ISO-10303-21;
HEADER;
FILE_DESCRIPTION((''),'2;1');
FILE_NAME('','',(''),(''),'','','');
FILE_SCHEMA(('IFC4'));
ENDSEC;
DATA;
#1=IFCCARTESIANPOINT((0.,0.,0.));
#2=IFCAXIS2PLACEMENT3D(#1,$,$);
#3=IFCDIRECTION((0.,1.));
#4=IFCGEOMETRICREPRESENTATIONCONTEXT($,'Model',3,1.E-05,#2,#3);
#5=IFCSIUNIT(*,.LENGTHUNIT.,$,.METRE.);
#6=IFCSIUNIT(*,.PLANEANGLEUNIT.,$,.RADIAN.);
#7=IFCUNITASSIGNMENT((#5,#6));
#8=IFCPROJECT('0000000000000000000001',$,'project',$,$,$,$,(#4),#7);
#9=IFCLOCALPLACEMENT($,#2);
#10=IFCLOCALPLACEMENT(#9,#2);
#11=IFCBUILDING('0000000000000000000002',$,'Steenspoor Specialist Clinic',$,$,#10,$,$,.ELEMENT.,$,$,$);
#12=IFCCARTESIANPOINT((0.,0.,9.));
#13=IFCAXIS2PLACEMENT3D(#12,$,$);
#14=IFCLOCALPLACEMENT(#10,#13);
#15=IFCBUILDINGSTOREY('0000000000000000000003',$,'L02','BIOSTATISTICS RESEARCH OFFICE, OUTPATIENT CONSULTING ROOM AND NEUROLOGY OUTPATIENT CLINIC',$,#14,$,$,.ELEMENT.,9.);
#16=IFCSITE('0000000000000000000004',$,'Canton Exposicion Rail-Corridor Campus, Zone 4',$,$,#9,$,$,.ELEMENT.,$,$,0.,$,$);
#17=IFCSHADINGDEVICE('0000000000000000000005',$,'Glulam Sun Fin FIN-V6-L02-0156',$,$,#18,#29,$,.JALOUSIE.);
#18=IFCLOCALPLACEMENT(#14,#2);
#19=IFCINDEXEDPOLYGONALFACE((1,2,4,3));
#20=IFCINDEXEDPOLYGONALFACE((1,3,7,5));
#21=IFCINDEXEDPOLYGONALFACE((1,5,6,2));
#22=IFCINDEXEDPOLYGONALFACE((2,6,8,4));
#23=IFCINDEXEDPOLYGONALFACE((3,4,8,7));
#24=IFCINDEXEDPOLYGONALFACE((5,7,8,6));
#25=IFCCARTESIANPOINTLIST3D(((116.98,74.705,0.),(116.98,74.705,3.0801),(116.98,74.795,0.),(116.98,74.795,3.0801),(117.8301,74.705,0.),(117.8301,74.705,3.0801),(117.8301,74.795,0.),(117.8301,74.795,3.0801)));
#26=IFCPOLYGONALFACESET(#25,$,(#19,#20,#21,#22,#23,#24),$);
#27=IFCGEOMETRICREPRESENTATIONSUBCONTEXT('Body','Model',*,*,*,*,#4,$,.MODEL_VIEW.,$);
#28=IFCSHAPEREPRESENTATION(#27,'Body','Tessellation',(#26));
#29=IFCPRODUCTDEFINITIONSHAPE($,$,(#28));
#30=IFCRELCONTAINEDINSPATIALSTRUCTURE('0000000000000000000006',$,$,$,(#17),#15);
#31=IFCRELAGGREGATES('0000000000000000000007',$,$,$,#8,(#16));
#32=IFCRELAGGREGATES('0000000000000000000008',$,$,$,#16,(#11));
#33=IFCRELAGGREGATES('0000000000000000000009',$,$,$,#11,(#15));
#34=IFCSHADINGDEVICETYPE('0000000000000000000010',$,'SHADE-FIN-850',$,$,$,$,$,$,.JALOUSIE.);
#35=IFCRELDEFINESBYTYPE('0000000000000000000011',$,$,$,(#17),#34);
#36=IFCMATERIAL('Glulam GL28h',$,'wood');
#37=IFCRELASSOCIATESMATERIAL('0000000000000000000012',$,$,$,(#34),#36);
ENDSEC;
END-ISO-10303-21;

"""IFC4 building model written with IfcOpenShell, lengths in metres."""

from ifc_helpers import new_model, si_unit, direction, frame, origin, origin_2d, place, context, subcontext, project, spatial, rectangle, extrude, material, material_profile, profile_set, type_object, element, save


model = new_model("IFC4")

# Units and contexts
model_context = context("Model", 3, precision=1e-05, world=origin(), true_north=direction((0.0, 1.0)))
body_context = subcontext(model_context, "Body", "Model", "MODEL_VIEW")
ifc_project = project(units=[si_unit("LENGTHUNIT", "METRE"), si_unit("PLANEANGLEUNIT", "RADIAN")], contexts=[model_context])

# Site, building, storey
site_placement = place(None, origin())
site = spatial("IfcSite", under=ifc_project, at=site_placement, Name="Canton Exposicion Rail-Corridor Campus, Zone 4", CompositionType="ELEMENT", RefElevation=0.0)
building_placement = place(site_placement, origin())
building = spatial("IfcBuilding", under=site, at=building_placement, Name="Steenspoor Specialist Clinic", CompositionType="ELEMENT")
storey_placement = place(building_placement, frame((0.0, 0.0, 9.0)))
storey = spatial("IfcBuildingStorey", under=building, at=storey_placement, Name="L02", Description="BIOSTATISTICS RESEARCH OFFICE, OUTPATIENT CONSULTING ROOM AND NEUROLOGY OUTPATIENT CLINIC", CompositionType="ELEMENT", Elevation=9.0)

# Shading device
ifc_material_1 = material(Name="Glulam GL28h", Category="wood")
ifc_material_profile_1 = material_profile(ifc_material_1, rectangle(XDim=0.0901, YDim=0.8501, at=origin_2d()), Name="GL28H-90X850")
ifc_profile_set_1 = profile_set([ifc_material_profile_1], Name="Glulam GL28h")
shading_device_type = type_object("IfcShadingDeviceType", Name="SHADE-FIN-850", PredefinedType="JALOUSIE", material=ifc_profile_set_1)
for number, where, z_axis, x_axis, name in (
    (1, (117.405, 74.75, 0.0), (0.0, 0.0, 1.0), (0.0, 1.0, 0.0), "Glulam Sun Fin FIN-V6-L02-0156"),
):
    element("IfcShadingDevice", number, at=place(storey_placement, frame(where, z_axis=z_axis, x_axis=x_axis)), inside=storey, type_object=shading_device_type, Name=name, PredefinedType="JALOUSIE", context=body_context, shape_type="SweptSolid", body=[
        extrude(rectangle(XDim=0.0901, YDim=0.8501, at=origin_2d()), origin(), (0.0, 0.0, 1.0), 3.0801),
    ])

save(model, "model.ifc")
